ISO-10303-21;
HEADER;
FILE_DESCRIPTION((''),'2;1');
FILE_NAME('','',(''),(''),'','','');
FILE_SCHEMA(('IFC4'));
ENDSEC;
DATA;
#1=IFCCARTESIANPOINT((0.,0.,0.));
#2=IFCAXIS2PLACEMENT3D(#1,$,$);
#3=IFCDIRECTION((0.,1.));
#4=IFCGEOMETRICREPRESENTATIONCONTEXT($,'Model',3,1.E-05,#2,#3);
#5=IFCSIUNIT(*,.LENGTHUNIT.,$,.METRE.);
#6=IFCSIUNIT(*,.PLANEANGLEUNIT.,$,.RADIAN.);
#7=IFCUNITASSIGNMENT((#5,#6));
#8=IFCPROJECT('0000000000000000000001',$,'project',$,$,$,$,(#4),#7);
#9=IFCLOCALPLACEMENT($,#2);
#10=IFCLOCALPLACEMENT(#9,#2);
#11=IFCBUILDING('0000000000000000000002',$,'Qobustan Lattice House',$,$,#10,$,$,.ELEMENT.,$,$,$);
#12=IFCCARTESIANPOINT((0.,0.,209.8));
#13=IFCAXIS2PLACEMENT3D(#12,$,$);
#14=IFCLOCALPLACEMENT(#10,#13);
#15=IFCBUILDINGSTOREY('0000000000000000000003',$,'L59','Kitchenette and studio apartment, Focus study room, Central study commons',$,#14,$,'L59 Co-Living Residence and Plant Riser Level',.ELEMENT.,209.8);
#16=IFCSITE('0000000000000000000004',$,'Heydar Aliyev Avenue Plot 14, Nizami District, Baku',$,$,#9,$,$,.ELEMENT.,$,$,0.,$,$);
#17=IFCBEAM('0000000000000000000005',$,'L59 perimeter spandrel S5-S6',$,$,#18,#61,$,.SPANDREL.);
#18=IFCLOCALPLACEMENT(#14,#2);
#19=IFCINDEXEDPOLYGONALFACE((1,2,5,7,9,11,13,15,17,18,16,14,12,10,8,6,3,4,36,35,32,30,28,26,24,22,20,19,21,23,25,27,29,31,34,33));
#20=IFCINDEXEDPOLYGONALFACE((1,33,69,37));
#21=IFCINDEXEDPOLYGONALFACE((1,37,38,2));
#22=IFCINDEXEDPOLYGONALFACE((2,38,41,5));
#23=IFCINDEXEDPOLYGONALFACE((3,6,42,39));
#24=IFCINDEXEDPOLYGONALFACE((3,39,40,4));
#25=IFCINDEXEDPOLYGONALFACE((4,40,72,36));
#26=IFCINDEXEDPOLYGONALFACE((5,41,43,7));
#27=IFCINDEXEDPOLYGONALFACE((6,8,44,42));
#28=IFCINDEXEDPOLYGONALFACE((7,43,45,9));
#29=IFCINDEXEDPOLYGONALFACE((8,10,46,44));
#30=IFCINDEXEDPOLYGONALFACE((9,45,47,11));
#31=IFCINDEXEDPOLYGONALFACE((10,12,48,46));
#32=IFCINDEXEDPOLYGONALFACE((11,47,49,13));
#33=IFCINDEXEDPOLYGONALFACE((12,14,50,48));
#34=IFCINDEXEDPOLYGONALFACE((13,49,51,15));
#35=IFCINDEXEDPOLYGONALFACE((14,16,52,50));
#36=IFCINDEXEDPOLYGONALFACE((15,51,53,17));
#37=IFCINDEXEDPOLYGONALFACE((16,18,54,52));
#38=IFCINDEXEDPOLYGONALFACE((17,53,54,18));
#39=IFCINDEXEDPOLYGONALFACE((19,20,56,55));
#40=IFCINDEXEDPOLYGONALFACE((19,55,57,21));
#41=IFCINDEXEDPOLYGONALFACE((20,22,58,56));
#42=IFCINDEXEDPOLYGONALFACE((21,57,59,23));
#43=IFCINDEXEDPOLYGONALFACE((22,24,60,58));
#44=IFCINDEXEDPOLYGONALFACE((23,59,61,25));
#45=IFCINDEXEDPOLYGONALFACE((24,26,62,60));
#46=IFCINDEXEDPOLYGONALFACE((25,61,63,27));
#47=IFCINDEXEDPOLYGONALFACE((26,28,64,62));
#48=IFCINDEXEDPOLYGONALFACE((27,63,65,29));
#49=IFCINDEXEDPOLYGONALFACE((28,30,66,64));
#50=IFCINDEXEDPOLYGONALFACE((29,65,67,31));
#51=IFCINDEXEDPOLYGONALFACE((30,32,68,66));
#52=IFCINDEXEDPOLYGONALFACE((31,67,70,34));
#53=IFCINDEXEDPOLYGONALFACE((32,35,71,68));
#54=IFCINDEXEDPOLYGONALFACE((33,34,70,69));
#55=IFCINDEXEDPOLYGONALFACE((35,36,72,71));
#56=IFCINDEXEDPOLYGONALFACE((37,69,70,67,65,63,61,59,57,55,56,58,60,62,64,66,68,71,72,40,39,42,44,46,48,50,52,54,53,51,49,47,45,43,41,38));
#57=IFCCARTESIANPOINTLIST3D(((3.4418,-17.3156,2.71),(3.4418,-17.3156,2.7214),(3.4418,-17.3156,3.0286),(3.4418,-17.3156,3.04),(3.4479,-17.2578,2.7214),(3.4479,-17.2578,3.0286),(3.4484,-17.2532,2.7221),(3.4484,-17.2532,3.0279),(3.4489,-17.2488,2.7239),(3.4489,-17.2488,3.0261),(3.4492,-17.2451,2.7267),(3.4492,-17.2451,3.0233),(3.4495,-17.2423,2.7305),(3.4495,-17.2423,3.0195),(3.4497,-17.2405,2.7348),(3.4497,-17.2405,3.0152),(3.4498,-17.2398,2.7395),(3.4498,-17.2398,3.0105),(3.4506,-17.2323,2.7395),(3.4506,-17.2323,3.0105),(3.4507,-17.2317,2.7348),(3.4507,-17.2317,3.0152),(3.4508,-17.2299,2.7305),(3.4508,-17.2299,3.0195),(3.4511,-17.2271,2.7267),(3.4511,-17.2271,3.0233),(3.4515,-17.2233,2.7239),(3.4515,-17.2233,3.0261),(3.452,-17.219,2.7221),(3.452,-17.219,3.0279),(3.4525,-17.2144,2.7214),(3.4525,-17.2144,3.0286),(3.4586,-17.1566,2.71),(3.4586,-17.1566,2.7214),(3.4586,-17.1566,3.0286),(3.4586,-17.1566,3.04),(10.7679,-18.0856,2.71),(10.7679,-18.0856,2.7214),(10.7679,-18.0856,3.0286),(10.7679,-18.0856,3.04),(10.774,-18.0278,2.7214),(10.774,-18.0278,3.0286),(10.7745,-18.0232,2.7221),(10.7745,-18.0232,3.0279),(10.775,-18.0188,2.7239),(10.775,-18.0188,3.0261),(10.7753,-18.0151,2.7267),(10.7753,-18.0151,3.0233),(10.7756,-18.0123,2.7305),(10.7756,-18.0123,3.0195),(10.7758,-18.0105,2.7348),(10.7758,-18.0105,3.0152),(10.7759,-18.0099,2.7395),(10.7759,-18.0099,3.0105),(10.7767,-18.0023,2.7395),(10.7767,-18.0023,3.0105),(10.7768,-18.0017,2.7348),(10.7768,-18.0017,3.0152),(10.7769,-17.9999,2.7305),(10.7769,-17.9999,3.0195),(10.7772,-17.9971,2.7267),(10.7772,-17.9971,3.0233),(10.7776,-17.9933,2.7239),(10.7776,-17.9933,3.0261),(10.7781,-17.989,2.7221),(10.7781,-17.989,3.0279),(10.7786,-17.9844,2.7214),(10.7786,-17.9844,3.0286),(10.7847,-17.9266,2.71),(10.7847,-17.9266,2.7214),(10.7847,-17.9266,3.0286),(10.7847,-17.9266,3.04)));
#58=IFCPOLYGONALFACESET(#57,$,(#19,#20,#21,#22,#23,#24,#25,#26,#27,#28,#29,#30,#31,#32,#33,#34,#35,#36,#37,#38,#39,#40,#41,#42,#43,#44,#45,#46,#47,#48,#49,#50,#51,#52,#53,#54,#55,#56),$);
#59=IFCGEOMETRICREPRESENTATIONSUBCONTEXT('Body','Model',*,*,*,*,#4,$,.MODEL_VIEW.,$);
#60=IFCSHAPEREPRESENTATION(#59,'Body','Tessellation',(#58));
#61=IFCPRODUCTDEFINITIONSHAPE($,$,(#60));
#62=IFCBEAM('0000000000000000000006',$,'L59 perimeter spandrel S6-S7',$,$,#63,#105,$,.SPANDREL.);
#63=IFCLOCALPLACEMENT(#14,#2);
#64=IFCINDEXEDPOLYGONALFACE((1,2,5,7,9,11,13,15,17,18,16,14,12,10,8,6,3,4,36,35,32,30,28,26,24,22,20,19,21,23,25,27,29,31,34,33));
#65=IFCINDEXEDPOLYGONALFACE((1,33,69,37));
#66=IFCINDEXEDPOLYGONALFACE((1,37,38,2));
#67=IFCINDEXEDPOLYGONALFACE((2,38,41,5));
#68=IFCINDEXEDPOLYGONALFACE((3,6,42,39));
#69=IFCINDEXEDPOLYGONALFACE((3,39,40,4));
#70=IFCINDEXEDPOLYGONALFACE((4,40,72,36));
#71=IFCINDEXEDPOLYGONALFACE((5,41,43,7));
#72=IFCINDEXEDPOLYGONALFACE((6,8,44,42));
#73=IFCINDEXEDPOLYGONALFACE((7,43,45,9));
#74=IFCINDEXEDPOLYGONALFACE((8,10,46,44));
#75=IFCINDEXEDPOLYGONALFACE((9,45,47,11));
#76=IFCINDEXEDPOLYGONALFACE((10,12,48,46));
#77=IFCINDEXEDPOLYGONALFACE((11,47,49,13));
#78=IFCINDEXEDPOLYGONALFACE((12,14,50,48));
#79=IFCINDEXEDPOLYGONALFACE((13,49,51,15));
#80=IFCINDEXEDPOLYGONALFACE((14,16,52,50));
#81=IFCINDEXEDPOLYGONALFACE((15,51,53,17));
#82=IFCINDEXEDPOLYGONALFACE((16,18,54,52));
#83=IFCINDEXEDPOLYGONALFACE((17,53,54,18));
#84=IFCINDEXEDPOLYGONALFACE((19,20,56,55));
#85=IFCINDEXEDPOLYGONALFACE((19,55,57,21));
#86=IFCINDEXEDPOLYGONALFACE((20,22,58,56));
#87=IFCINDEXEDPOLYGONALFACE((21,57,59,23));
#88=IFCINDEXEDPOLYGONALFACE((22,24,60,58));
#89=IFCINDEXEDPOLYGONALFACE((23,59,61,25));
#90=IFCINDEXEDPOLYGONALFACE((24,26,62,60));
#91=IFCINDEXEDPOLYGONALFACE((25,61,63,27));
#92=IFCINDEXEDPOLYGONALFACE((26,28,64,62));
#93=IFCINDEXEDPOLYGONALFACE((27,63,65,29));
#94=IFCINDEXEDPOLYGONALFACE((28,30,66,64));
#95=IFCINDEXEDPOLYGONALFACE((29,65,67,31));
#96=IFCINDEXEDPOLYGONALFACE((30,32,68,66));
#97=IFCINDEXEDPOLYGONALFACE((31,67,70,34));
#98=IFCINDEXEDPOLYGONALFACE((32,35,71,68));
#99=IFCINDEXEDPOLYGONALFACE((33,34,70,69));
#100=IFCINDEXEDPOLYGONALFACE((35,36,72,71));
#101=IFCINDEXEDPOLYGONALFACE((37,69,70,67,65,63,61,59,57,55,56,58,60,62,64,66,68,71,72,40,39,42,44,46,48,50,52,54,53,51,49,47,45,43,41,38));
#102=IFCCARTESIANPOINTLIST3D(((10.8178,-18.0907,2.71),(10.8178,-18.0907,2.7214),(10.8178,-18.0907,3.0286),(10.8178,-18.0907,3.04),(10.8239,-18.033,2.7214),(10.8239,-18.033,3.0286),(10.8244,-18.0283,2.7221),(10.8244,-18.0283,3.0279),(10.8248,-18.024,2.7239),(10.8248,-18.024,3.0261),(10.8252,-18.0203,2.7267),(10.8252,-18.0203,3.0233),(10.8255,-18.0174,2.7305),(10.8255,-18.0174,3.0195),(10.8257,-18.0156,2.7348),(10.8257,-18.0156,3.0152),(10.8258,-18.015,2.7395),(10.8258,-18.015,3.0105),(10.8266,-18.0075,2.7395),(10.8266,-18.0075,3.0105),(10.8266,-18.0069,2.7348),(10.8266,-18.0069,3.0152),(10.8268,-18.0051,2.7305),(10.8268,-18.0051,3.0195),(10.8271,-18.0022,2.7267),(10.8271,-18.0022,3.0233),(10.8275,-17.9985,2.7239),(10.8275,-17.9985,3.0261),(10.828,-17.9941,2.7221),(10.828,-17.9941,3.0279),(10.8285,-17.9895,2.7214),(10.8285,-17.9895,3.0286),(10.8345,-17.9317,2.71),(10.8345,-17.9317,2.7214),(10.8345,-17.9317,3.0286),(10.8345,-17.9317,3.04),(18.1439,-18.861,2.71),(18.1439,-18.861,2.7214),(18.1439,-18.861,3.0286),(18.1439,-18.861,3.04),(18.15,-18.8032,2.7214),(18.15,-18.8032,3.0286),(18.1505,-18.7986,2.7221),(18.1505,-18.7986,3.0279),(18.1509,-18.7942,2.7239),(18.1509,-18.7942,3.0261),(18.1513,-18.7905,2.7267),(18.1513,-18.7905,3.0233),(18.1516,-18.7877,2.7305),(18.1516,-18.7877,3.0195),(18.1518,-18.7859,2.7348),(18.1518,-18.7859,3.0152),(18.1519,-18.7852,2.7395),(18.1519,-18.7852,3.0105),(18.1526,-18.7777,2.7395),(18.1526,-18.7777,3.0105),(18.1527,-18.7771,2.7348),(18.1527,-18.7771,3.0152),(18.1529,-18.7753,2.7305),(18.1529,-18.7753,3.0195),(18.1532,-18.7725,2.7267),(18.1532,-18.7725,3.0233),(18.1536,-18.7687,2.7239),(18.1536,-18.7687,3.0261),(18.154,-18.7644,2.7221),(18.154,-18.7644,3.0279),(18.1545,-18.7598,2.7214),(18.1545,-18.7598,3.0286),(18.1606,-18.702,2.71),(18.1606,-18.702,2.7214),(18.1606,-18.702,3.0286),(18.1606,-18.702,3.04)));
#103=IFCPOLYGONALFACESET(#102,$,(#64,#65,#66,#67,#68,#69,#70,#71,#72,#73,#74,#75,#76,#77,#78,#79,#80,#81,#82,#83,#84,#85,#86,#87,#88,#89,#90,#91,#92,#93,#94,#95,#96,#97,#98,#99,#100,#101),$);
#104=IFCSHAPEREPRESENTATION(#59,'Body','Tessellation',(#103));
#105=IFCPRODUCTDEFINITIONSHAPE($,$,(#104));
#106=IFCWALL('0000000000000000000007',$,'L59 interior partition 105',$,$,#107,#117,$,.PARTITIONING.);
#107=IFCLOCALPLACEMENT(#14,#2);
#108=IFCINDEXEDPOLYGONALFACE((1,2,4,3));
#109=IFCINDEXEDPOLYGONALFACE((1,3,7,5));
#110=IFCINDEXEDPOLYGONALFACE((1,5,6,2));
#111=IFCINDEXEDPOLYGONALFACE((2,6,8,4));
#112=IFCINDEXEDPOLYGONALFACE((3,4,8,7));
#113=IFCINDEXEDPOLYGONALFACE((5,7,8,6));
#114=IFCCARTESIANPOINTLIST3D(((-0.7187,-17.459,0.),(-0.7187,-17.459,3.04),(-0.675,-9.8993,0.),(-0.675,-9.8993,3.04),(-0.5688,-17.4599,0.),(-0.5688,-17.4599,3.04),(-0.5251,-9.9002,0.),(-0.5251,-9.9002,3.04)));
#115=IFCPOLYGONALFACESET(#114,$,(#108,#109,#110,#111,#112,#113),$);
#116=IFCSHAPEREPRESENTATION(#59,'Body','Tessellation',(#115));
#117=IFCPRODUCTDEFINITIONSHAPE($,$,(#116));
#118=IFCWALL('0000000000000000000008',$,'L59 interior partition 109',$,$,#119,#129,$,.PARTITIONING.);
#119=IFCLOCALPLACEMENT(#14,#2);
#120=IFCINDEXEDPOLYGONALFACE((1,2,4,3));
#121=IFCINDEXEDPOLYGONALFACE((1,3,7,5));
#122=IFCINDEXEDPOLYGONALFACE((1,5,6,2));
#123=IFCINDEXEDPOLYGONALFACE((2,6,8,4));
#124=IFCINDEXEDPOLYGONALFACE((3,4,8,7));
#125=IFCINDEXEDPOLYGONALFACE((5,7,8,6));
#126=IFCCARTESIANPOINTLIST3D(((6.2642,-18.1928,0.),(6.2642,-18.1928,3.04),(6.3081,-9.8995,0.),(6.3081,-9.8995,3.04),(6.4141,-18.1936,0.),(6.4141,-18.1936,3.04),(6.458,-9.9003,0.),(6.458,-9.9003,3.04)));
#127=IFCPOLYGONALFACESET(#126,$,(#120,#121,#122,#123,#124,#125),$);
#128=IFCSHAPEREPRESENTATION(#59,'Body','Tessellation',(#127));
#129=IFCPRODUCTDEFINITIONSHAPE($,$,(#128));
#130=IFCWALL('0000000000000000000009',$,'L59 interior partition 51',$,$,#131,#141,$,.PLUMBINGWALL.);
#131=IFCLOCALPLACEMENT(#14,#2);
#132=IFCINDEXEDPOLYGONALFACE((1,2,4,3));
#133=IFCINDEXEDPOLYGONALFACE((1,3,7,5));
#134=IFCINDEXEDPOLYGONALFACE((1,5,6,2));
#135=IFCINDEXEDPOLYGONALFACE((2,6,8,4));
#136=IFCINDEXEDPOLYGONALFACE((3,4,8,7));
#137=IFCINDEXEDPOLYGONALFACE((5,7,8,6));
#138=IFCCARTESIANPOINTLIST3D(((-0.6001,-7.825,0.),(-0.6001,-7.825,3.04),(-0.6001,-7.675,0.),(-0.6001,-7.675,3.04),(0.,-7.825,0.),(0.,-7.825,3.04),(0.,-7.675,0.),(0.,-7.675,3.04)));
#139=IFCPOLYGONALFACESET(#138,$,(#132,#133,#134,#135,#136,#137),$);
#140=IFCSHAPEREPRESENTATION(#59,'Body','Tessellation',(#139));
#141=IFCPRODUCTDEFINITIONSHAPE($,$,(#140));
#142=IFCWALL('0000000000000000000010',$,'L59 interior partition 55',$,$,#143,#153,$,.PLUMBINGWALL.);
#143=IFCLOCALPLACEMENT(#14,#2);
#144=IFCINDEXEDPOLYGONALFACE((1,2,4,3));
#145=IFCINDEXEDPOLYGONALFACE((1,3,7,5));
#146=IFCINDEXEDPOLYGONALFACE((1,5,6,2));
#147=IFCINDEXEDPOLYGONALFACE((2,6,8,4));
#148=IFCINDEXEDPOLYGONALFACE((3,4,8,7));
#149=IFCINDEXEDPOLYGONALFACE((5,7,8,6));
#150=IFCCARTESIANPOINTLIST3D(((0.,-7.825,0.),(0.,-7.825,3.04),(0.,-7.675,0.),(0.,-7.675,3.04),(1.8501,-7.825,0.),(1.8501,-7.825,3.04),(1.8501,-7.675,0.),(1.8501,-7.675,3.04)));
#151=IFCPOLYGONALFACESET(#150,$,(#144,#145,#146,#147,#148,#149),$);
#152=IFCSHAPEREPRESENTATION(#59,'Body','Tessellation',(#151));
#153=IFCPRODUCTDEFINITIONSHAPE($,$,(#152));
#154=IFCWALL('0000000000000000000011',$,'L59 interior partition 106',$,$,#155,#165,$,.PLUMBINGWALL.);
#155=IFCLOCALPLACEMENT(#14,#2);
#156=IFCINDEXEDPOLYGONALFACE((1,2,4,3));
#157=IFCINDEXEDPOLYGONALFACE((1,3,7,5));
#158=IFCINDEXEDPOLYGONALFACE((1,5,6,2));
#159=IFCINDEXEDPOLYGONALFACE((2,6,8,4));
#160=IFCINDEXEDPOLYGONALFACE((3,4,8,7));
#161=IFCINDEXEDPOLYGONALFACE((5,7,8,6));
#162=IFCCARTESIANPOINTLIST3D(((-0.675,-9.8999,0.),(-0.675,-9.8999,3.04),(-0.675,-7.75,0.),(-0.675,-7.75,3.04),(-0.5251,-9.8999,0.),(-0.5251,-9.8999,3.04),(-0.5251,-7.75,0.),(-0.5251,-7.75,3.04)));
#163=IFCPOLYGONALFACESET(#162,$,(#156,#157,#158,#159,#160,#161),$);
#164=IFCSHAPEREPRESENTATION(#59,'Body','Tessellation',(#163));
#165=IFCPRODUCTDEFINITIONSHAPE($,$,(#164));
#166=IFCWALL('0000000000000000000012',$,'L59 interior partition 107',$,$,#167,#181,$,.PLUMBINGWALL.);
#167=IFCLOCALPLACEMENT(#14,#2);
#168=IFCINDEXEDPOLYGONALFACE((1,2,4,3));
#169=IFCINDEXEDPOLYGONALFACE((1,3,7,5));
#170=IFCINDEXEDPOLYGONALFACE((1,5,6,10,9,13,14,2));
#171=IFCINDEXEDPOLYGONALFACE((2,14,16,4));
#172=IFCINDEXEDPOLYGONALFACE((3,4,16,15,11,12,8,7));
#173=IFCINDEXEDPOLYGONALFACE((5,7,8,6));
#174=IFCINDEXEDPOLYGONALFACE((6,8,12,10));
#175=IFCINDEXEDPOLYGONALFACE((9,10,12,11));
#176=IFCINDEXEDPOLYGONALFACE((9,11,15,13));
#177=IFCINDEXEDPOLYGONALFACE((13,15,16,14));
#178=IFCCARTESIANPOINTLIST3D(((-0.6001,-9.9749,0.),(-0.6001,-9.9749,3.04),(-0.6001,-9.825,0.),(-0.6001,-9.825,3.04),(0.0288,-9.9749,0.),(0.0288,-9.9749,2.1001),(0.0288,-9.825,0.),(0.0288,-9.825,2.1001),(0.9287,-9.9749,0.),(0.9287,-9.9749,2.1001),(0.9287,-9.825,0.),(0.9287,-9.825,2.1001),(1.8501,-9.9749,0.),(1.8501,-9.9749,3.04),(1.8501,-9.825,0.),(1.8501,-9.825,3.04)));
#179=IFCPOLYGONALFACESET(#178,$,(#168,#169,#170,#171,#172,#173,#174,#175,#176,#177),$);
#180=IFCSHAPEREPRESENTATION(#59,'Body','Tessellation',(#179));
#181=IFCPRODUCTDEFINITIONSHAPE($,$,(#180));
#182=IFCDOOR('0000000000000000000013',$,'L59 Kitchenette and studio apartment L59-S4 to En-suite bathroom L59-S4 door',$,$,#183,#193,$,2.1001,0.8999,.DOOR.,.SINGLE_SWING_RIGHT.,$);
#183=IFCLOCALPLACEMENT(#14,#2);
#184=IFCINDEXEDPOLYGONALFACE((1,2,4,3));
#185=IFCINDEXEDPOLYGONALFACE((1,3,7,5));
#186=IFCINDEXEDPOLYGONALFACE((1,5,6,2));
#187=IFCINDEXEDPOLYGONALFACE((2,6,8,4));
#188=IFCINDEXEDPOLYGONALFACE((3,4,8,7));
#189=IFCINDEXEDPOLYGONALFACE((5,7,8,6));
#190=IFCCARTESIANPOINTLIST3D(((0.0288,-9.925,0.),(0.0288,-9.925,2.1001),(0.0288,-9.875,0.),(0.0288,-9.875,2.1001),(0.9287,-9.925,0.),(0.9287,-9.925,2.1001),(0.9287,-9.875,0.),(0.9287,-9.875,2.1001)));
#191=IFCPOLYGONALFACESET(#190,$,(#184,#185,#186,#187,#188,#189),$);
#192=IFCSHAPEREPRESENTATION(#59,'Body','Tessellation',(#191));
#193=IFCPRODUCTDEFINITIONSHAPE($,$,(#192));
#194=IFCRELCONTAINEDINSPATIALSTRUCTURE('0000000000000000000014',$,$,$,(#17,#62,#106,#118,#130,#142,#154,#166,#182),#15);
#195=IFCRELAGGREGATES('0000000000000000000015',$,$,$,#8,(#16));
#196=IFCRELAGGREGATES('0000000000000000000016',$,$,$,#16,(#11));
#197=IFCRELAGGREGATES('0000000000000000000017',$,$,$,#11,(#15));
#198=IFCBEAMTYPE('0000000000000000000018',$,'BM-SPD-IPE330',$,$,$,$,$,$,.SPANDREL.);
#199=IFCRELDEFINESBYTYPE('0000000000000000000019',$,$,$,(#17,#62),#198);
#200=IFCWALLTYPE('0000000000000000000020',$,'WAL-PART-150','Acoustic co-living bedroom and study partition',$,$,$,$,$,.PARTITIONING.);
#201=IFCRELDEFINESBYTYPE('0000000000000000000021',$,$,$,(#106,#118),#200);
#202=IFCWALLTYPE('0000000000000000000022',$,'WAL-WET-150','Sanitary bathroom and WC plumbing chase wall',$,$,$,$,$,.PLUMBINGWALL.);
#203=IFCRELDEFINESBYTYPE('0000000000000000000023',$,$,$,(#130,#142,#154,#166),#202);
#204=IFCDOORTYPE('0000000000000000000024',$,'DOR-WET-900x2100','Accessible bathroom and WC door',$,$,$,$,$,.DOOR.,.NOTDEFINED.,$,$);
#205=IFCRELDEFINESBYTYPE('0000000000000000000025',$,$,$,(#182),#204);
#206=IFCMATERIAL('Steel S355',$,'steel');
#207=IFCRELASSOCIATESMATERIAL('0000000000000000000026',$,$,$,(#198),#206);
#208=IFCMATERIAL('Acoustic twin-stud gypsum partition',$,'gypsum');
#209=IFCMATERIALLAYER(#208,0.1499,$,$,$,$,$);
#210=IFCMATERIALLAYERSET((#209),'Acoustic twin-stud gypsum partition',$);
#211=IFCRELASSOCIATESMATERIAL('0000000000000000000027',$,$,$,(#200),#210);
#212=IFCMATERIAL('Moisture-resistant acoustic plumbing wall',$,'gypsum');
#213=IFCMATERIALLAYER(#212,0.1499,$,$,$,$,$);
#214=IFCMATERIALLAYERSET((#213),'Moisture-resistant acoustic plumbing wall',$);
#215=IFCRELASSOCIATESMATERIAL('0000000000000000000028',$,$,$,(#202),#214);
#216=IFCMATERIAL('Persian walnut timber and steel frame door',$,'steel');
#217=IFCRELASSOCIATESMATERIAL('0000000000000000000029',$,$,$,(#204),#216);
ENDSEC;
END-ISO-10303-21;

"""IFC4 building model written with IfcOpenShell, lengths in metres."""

from ifc_helpers import new_model, si_unit, direction, frame, frame_2d, origin, origin_2d, place, context, subcontext, project, spatial, rectangle, i_section, extrude, material, layer, layer_set, material_profile, profile_set, type_object, element, fill, save


model = new_model("IFC4")

# Units and contexts
model_context = context("Model", 3, precision=1e-05, world=origin(), true_north=direction((0.0, 1.0)))
body_context = subcontext(model_context, "Body", "Model", "MODEL_VIEW")
ifc_project = project(units=[si_unit("LENGTHUNIT", "METRE"), si_unit("PLANEANGLEUNIT", "RADIAN")], contexts=[model_context])

# Site, building, storey
site_placement = place(None, origin())
site = spatial("IfcSite", under=ifc_project, at=site_placement, Name="Heydar Aliyev Avenue Plot 14, Nizami District, Baku", CompositionType="ELEMENT", RefElevation=0.0)
building_placement = place(site_placement, origin())
building = spatial("IfcBuilding", under=site, at=building_placement, Name="Qobustan Lattice House", CompositionType="ELEMENT")
storey_placement = place(building_placement, frame((0.0, 0.0, 209.8)))
storey = spatial("IfcBuildingStorey", under=building, at=storey_placement, Name="L59", Description="Kitchenette and studio apartment, Focus study room, Central study commons", LongName="L59 Co-Living Residence and Plant Riser Level", CompositionType="ELEMENT", Elevation=209.8)

# Beams
ifc_material_1 = material(Name="Steel S355", Category="steel")
ifc_material_profile_1 = material_profile(ifc_material_1, i_section(OverallWidth=0.1599, OverallDepth=0.3301, WebThickness=0.0076, FlangeThickness=0.0115, FilletRadius=0.0181, at=origin_2d()), Name="IPE330")
ifc_profile_set_1 = profile_set([ifc_material_profile_1], Name="Steel S355")
beam_type_1 = type_object("IfcBeamType", Name="BM-SPD-IPE330", PredefinedType="SPANDREL", material=ifc_profile_set_1)
for number, where, z_axis, x_axis, name in (
    (1, (3.4502, -17.2361, 2.875), (0.994522, -0.10453, 0.0), (0.10453, 0.994522, 0.0), "L59 perimeter spandrel S5-S6"),
    (2, (10.8262, -18.0112, 2.875), (0.994518, -0.104562, 0.0), (0.104562, 0.994518, 0.0), "L59 perimeter spandrel S6-S7"),
):
    element("IfcBeam", number, at=place(storey_placement, frame(where, z_axis=z_axis, x_axis=x_axis)), inside=storey, type_object=beam_type_1, Name=name, PredefinedType="SPANDREL", context=body_context, shape_type="SweptSolid", body=[
        extrude(i_section(OverallWidth=0.1599, OverallDepth=0.3301, WebThickness=0.0076, FlangeThickness=0.0115, FilletRadius=0.0181, at=origin_2d()), origin(), (0.0, 0.0, 1.0), 7.3665),
    ])

# Walls
ifc_material_2 = material(Name="Acoustic twin-stud gypsum partition", Category="gypsum")
ifc_layer_1 = layer(ifc_material_2, 0.1499)
ifc_layer_set_1 = layer_set([ifc_layer_1], Name="Acoustic twin-stud gypsum partition")
wall_type_1 = type_object("IfcWallType", Name="WAL-PART-150", Description="Acoustic co-living bedroom and study partition", PredefinedType="PARTITIONING", material=ifc_layer_set_1)
wall_1_placement = place(storey_placement, frame((-0.6001, -9.8999, 0.0), z_axis=(0.0, 0.0, 1.0), x_axis=(-0.005781, -0.999983, 0.0)))
element("IfcWall", 3, at=wall_1_placement, inside=storey, type_object=wall_type_1, Name="L59 interior partition 105", PredefinedType="PARTITIONING", context=body_context, shape_type="SweptSolid", body=[
    extrude(rectangle(XDim=7.5598, YDim=0.1499, at=frame_2d((3.7798, 0.0))), origin(), (0.0, 0.0, 1.0), 3.04),
])
wall_2_placement = place(storey_placement, frame((6.3831, -9.8999, 0.0), z_axis=(0.0, 0.0, 1.0), x_axis=(-0.005299, -0.999986, 0.0)))
element("IfcWall", 4, at=wall_2_placement, inside=storey, type_object=wall_type_1, Name="L59 interior partition 109", PredefinedType="PARTITIONING", context=body_context, shape_type="SweptSolid", body=[
    extrude(rectangle(XDim=8.2935, YDim=0.1499, at=frame_2d((4.1467, 0.0))), origin(), (0.0, 0.0, 1.0), 3.04),
])
ifc_material_3 = material(Name="Moisture-resistant acoustic plumbing wall", Category="gypsum")
ifc_layer_2 = layer(ifc_material_3, 0.1499)
ifc_layer_set_2 = layer_set([ifc_layer_2], Name="Moisture-resistant acoustic plumbing wall")
wall_type_2 = type_object("IfcWallType", Name="WAL-WET-150", Description="Sanitary bathroom and WC plumbing chase wall", PredefinedType="PLUMBINGWALL", material=ifc_layer_set_2)
wall_3_placement = place(storey_placement, frame((0.0, -7.75, 0.0), z_axis=(0.0, 0.0, 1.0), x_axis=(-1.0, 0.0, 0.0)))
element("IfcWall", 5, at=wall_3_placement, inside=storey, type_object=wall_type_2, Name="L59 interior partition 51", PredefinedType="PLUMBINGWALL", context=body_context, shape_type="SweptSolid", body=[
    extrude(rectangle(XDim=0.6001, YDim=0.1499, at=frame_2d((0.3, 0.0))), origin(), (0.0, 0.0, 1.0), 3.04),
])
wall_4_placement = place(storey_placement, frame((1.8501, -7.75, 0.0), z_axis=(0.0, 0.0, 1.0), x_axis=(-1.0, 0.0, 0.0)))
element("IfcWall", 6, at=wall_4_placement, inside=storey, type_object=wall_type_2, Name="L59 interior partition 55", PredefinedType="PLUMBINGWALL", context=body_context, shape_type="SweptSolid", body=[
    extrude(rectangle(XDim=1.8501, YDim=0.1499, at=frame_2d((0.925, 0.0))), origin(), (0.0, 0.0, 1.0), 3.04),
])
wall_5_placement = place(storey_placement, frame((-0.6001, -7.75, 0.0), z_axis=(0.0, 0.0, 1.0), x_axis=(0.0, -1.0, 0.0)))
element("IfcWall", 7, at=wall_5_placement, inside=storey, type_object=wall_type_2, Name="L59 interior partition 106", PredefinedType="PLUMBINGWALL", context=body_context, shape_type="SweptSolid", body=[
    extrude(rectangle(XDim=2.1499, YDim=0.1499, at=frame_2d((1.075, 0.0))), origin(), (0.0, 0.0, 1.0), 3.04),
])

# Wall, opening, door
wall_6_placement = place(storey_placement, frame((-0.6001, -9.8999, 0.0), z_axis=(0.0, 0.0, 1.0), x_axis=(1.0, 0.0, 0.0)))
wall_6 = element("IfcWall", 8, at=wall_6_placement, inside=storey, type_object=wall_type_2, Name="L59 interior partition 107", PredefinedType="PLUMBINGWALL", context=body_context, shape_type="SweptSolid", body=[
    extrude(rectangle(XDim=2.4502, YDim=0.1499, at=frame_2d((1.2251, 0.0))), origin(), (0.0, 0.0, 1.0), 3.04),
])
opening_1_placement = place(wall_6_placement, frame((0.6289, 0.0, 0.0)))
opening_1 = element("IfcOpeningElement", 9, at=opening_1_placement, cuts=wall_6, PredefinedType="OPENING", context=body_context, shape_type="SweptSolid", body=[
    extrude(rectangle(XDim=0.8999, YDim=2.1001, at=frame_2d((0.45, 1.05))), frame((0.0, 0.085, 0.0), z_axis=(0.0, -1.0, 0.0), x_axis=(1.0, 0.0, 0.0)), (0.0, 0.0, 1.0), 0.1699),
])
ifc_material_4 = material(Name="Persian walnut timber and steel frame door", Category="steel")
door_type = type_object("IfcDoorType", Name="DOR-WET-900x2100", Description="Accessible bathroom and WC door", OperationType="NOTDEFINED", PredefinedType="DOOR", material=ifc_material_4)
door_1_placement = place(opening_1_placement, origin())
door_1 = element("IfcDoor", 10, at=door_1_placement, inside=storey, type_object=door_type, Name="L59 Kitchenette and studio apartment L59-S4 to En-suite bathroom L59-S4 door", OperationType="SINGLE_SWING_RIGHT", OverallHeight=2.1001, OverallWidth=0.8999, PredefinedType="DOOR", context=body_context, shape_type="SweptSolid", body=[
    extrude(rectangle(XDim=0.8999, YDim=2.1001, at=frame_2d((0.45, 1.05))), frame((0.0, 0.0249, 0.0), z_axis=(0.0, -1.0, 0.0), x_axis=(1.0, 0.0, 0.0)), (0.0, 0.0, 1.0), 0.05),
])
fill(opening_1, door_1)

save(model, "model.ifc")
